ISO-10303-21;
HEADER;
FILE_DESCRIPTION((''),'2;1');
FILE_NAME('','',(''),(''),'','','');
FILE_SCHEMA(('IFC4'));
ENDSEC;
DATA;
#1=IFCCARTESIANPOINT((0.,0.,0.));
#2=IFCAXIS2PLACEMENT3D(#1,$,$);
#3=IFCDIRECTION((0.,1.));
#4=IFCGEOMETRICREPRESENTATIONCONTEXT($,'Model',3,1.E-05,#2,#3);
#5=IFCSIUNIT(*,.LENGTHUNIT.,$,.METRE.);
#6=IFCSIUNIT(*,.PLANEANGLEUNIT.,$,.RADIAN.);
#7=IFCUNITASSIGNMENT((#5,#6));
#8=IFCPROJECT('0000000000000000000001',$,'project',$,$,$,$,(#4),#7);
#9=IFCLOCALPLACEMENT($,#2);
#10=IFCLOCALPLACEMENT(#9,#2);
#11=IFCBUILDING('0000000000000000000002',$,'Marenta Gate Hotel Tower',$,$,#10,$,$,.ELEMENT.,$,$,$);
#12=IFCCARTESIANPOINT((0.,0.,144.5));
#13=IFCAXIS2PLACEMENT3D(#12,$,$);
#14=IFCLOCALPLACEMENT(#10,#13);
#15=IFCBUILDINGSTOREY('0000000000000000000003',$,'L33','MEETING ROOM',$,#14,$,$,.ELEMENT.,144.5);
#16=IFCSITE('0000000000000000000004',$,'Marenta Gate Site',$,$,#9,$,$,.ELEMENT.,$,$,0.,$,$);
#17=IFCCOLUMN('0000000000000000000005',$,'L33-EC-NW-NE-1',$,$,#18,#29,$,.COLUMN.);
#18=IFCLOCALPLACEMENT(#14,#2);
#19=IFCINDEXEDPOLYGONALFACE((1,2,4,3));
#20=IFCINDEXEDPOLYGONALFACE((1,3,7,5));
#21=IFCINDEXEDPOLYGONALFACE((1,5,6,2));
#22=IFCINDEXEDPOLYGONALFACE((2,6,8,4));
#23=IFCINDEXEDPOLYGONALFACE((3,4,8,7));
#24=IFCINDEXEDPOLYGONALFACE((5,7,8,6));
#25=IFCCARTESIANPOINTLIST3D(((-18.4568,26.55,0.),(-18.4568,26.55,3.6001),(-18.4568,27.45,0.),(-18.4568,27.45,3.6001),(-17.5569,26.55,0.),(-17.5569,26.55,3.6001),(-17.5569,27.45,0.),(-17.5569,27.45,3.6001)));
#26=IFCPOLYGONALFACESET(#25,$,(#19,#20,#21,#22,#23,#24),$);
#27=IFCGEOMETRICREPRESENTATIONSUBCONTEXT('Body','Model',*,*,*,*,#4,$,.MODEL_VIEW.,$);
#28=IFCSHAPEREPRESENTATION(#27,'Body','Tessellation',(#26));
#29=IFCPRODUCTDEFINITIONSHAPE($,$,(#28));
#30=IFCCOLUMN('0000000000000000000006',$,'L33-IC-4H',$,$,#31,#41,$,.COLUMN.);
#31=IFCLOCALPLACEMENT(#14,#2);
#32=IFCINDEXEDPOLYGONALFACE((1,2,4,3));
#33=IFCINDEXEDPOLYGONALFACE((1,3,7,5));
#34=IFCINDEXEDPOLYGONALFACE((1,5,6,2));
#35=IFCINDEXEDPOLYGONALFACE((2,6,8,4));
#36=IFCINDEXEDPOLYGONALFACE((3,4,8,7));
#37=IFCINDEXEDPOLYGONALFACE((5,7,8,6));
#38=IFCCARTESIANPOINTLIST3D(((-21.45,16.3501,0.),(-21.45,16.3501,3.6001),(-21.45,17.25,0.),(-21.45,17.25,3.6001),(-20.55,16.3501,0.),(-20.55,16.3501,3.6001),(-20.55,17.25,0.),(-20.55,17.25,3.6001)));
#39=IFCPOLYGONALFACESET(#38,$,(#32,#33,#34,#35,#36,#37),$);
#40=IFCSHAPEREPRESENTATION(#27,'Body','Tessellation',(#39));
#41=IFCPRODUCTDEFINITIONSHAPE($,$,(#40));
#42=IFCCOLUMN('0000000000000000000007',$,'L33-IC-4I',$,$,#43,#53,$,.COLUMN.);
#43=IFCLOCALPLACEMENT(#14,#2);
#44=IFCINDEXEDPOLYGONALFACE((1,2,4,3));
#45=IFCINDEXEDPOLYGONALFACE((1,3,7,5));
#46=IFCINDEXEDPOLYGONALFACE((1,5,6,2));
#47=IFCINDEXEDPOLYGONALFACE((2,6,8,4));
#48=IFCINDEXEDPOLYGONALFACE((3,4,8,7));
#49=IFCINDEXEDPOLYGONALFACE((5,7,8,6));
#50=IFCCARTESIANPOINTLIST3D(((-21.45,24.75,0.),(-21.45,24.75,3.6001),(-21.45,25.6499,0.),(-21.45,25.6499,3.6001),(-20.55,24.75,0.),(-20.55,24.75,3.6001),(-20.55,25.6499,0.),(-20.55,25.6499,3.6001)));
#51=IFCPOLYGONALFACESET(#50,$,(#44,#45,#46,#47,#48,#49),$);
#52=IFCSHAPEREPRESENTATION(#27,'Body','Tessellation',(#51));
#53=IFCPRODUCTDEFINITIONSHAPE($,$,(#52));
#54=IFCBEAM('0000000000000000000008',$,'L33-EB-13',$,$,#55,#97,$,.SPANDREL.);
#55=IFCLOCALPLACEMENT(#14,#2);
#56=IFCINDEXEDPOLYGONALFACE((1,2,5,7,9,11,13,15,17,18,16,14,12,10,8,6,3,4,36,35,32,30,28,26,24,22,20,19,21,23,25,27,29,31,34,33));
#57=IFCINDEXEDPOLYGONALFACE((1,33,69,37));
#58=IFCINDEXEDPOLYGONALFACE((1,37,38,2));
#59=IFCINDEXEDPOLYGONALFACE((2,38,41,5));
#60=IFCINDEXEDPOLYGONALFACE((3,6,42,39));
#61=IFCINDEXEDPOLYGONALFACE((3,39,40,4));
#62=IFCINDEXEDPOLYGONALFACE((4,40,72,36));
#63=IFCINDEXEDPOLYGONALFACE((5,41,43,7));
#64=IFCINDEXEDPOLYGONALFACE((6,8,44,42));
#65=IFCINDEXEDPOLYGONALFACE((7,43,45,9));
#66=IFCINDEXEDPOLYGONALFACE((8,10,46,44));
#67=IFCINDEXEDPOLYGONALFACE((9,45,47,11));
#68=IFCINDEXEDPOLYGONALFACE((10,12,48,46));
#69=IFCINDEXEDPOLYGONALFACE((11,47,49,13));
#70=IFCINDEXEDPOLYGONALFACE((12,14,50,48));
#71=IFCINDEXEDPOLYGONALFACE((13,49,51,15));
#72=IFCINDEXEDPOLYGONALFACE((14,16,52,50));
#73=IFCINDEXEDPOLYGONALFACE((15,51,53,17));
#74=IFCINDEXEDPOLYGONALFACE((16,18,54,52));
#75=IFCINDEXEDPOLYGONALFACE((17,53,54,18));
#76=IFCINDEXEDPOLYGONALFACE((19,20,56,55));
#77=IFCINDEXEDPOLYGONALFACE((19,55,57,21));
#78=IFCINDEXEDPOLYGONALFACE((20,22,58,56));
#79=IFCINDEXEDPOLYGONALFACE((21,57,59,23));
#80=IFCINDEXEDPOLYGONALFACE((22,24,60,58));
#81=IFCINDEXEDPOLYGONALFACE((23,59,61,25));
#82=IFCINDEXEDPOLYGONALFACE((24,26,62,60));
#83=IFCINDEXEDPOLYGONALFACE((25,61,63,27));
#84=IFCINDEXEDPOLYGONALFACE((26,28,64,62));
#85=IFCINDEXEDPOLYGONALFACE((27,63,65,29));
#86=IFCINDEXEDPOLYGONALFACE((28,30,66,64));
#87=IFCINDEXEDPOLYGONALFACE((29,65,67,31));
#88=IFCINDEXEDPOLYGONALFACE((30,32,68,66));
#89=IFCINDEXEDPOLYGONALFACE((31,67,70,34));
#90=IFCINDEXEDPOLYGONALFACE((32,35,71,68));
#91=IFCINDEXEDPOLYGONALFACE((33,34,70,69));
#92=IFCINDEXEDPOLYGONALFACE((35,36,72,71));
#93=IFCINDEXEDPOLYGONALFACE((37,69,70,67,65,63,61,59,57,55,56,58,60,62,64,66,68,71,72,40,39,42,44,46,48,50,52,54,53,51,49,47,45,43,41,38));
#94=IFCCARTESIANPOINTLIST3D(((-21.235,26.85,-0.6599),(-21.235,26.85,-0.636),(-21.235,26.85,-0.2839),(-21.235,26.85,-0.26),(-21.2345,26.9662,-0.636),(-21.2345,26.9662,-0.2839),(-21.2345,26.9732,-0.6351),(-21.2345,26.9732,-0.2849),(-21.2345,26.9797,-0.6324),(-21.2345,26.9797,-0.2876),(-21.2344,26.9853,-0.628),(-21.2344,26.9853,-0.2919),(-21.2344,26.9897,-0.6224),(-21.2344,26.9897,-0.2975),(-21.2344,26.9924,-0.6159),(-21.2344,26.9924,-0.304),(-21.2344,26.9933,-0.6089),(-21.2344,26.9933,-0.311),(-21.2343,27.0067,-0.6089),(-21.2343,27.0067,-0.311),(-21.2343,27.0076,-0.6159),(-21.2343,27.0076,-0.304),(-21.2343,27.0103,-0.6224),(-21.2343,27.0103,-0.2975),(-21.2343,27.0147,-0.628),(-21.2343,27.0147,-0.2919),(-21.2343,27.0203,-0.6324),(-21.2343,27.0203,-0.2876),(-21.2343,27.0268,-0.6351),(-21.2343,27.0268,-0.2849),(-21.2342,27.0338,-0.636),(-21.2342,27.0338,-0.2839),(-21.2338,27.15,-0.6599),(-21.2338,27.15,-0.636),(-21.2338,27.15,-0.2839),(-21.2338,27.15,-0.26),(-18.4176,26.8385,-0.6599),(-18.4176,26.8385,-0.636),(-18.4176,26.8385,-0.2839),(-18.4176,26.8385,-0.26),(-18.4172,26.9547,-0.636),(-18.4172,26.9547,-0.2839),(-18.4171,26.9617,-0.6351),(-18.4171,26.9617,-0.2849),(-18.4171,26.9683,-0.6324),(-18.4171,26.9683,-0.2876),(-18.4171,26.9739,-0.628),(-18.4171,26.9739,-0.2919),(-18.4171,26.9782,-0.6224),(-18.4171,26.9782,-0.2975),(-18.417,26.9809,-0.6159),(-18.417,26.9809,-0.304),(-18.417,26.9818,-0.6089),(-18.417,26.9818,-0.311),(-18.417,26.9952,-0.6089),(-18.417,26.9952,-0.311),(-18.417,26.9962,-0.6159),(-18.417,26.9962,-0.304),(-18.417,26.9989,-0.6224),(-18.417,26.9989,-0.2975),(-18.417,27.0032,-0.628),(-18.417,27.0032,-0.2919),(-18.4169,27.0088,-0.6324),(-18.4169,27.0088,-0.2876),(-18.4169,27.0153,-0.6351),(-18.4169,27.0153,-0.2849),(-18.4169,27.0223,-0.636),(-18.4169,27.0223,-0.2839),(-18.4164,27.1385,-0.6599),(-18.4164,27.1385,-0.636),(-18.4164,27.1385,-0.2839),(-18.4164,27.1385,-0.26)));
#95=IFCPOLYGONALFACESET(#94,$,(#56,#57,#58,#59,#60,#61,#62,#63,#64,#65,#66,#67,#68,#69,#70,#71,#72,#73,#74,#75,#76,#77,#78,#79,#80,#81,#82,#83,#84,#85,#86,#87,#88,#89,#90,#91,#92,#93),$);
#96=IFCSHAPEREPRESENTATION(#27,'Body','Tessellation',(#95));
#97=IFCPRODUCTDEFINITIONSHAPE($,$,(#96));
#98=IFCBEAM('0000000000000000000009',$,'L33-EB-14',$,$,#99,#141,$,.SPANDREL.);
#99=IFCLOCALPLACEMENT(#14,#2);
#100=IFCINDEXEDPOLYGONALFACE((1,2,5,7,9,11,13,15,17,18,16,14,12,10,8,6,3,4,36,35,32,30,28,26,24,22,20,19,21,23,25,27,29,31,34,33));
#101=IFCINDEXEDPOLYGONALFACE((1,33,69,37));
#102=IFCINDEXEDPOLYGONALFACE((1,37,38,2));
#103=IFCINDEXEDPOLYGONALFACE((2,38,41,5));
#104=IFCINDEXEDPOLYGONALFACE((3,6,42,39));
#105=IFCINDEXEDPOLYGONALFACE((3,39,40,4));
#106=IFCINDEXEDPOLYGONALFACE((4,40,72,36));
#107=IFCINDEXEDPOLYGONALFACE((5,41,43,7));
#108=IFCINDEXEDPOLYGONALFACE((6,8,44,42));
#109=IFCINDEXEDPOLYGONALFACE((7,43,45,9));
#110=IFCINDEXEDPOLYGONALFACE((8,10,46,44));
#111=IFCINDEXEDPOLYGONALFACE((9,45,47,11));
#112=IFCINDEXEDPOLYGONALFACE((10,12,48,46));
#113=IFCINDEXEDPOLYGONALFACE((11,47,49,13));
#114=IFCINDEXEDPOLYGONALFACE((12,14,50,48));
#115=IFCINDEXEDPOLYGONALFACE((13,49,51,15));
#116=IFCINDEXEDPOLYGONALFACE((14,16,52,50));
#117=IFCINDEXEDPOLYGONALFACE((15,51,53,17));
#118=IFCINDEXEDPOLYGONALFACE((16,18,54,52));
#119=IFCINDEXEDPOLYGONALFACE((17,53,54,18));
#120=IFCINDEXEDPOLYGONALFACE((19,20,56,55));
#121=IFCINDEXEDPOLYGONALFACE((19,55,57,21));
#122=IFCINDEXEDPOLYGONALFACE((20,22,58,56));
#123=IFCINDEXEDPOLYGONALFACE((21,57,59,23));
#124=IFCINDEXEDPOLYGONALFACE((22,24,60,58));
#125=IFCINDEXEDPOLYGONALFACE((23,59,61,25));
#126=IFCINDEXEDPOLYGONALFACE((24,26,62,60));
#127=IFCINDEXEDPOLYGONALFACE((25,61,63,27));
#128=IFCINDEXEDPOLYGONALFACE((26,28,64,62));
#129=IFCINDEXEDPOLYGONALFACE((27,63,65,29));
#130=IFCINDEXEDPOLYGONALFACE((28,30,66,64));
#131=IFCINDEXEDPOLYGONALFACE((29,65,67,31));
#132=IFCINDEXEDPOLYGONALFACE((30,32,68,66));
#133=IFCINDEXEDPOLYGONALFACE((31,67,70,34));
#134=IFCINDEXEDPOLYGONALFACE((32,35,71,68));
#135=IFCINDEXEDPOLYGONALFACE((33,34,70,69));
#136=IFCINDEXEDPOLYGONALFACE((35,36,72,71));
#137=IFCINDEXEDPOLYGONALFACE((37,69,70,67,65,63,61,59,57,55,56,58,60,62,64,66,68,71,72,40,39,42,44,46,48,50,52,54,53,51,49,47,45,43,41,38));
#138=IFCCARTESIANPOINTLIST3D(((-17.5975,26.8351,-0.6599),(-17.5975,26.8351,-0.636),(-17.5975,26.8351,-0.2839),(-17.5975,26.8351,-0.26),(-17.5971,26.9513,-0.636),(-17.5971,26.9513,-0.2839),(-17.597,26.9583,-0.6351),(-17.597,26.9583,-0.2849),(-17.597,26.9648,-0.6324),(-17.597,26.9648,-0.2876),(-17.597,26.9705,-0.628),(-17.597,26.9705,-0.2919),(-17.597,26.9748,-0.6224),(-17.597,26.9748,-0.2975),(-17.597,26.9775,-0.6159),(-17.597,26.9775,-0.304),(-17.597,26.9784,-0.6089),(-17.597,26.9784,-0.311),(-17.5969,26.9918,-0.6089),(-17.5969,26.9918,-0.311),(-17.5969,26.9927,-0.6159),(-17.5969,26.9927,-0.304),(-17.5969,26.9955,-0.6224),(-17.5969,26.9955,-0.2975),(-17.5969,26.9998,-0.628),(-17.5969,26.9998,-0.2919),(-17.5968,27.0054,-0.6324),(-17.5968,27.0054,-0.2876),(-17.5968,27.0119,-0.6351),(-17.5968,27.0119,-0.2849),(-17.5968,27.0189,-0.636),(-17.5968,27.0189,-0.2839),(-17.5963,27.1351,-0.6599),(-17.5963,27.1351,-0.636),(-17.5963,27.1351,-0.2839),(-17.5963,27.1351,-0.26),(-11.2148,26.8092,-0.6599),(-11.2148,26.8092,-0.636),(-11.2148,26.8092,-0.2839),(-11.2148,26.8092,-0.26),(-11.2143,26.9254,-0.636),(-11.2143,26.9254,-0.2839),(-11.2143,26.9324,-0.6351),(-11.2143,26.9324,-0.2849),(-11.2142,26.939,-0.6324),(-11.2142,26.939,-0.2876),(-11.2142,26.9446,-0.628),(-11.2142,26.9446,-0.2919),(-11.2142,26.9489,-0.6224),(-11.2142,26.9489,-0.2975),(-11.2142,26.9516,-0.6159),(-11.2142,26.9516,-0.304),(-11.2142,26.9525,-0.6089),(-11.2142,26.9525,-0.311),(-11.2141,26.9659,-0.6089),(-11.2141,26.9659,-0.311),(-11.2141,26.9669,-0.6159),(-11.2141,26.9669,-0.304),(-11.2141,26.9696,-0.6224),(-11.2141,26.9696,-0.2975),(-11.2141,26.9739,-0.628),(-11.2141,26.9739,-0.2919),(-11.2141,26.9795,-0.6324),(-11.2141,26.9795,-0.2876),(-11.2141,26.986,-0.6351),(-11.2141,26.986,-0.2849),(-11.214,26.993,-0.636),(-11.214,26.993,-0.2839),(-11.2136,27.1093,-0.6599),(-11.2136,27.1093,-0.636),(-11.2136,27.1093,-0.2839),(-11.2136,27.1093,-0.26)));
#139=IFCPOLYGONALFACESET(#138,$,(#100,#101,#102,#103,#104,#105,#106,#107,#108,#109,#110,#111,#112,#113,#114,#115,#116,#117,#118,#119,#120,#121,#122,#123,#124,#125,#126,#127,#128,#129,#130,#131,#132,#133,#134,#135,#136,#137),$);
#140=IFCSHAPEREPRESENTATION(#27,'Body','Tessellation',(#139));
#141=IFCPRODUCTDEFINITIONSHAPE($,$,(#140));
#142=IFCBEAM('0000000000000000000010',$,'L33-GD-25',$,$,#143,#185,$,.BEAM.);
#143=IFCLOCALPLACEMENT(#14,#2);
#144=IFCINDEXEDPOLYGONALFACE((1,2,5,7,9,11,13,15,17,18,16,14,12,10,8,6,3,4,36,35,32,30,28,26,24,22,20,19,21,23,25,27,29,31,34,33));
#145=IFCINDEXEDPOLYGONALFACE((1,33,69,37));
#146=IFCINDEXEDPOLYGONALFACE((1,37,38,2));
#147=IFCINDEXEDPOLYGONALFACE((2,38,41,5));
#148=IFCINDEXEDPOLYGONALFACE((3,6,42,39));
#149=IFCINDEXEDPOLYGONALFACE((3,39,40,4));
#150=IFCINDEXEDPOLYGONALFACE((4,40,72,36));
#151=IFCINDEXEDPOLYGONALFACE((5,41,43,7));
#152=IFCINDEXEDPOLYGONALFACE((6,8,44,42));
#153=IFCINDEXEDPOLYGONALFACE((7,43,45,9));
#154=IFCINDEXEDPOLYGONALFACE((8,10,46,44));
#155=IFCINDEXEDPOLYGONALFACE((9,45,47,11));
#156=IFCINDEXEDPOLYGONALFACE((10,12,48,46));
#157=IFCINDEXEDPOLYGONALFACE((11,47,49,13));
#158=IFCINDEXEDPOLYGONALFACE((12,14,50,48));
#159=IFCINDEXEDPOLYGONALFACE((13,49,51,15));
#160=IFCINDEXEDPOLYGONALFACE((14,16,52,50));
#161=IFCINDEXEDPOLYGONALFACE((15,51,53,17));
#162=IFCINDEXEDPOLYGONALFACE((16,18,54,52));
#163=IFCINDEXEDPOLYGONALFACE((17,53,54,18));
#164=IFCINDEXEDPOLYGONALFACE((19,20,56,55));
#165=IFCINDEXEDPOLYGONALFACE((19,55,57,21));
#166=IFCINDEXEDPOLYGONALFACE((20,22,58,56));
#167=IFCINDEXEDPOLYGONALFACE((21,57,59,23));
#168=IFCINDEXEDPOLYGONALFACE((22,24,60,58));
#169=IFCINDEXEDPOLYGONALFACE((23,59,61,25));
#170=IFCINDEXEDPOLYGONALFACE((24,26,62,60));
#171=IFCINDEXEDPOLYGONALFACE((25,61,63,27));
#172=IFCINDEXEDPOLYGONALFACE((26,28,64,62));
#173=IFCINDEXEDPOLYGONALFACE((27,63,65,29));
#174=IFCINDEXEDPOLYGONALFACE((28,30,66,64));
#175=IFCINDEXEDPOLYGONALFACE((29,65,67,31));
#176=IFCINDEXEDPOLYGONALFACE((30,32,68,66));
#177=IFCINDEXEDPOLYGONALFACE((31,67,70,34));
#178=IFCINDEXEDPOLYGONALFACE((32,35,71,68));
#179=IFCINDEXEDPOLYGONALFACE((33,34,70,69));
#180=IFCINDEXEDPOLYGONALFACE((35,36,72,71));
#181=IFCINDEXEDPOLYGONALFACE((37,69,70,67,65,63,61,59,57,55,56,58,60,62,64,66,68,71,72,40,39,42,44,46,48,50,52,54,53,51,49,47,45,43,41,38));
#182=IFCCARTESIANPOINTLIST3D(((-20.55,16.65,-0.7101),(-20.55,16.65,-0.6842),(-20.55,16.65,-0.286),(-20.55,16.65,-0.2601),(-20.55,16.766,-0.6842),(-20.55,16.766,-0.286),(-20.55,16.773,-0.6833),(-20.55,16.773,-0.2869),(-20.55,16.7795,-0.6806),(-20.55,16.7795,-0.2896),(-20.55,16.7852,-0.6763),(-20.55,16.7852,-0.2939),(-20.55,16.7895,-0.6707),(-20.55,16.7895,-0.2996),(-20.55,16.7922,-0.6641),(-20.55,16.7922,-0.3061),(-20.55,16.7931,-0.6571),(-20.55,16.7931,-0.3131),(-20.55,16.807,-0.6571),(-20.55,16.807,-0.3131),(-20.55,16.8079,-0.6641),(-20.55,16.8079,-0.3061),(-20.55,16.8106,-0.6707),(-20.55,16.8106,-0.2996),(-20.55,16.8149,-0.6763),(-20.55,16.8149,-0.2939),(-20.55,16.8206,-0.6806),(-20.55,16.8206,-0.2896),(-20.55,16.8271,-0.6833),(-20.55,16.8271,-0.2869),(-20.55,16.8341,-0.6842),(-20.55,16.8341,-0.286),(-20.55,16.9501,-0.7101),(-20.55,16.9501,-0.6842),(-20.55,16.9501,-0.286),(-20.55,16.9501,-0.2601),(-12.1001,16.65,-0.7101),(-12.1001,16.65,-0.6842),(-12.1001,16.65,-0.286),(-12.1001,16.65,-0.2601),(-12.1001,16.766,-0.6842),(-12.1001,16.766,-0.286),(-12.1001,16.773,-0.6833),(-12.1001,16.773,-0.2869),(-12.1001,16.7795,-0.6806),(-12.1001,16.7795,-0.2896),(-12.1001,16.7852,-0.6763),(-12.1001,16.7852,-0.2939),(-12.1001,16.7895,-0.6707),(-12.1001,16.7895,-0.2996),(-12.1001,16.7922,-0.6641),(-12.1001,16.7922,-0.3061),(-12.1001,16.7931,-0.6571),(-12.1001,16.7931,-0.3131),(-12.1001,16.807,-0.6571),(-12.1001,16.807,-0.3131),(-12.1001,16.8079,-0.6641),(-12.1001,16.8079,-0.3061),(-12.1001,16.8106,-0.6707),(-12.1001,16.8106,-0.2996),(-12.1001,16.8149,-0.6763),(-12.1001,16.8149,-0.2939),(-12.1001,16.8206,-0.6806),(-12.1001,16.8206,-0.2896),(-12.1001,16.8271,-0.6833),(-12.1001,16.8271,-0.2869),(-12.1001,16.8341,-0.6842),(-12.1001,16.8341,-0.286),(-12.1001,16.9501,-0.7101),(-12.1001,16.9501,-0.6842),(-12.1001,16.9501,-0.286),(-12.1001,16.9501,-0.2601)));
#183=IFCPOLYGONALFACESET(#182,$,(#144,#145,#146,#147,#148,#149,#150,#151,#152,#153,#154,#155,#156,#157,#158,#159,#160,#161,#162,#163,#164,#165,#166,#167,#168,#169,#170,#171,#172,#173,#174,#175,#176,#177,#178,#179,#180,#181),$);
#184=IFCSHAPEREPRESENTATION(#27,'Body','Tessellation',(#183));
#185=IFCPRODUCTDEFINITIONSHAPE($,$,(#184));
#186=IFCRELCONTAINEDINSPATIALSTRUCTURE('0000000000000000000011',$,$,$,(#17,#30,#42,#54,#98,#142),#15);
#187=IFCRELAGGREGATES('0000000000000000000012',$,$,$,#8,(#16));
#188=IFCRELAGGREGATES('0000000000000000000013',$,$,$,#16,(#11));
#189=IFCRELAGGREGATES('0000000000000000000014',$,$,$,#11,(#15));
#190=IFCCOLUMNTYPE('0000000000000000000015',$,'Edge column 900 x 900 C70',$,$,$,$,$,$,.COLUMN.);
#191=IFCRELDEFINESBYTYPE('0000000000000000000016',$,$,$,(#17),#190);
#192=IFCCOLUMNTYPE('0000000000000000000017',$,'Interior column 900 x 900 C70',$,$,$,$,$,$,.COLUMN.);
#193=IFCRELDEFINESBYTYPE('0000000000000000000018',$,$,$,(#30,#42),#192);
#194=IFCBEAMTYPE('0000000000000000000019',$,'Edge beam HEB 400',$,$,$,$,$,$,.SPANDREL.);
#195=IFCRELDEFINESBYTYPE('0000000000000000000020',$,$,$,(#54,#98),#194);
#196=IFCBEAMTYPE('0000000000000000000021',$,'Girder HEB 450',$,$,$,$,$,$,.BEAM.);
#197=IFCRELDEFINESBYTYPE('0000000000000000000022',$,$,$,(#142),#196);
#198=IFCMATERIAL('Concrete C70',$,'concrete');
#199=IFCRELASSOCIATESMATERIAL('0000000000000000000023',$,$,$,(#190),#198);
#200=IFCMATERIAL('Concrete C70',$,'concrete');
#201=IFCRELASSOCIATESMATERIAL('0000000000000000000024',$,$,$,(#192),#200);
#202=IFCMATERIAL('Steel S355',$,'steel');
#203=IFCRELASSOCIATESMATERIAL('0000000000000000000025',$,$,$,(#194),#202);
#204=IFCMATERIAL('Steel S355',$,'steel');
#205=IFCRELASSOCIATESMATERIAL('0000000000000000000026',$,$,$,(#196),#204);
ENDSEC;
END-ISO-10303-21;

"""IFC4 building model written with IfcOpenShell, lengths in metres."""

from ifc_helpers import new_model, si_unit, direction, frame, origin, origin_2d, place, context, subcontext, project, spatial, rectangle, i_section, extrude, material, material_profile, profile_set, type_object, element, save


model = new_model("IFC4")

# Units and contexts
model_context = context("Model", 3, precision=1e-05, world=origin(), true_north=direction((0.0, 1.0)))
body_context = subcontext(model_context, "Body", "Model", "MODEL_VIEW")
ifc_project = project(units=[si_unit("LENGTHUNIT", "METRE"), si_unit("PLANEANGLEUNIT", "RADIAN")], contexts=[model_context])

# Site, building, storey
site_placement = place(None, origin())
site = spatial("IfcSite", under=ifc_project, at=site_placement, Name="Marenta Gate Site", CompositionType="ELEMENT", RefElevation=0.0)
building_placement = place(site_placement, origin())
building = spatial("IfcBuilding", under=site, at=building_placement, Name="Marenta Gate Hotel Tower", CompositionType="ELEMENT")
storey_placement = place(building_placement, frame((0.0, 0.0, 144.5)))
storey = spatial("IfcBuildingStorey", under=building, at=storey_placement, Name="L33", Description="MEETING ROOM", CompositionType="ELEMENT", Elevation=144.5)

# Columns
ifc_material_1 = material(Name="Concrete C70", Category="concrete")
ifc_material_profile_1 = material_profile(ifc_material_1, rectangle(XDim=0.8999, YDim=0.8999, at=origin_2d()), Name="900 x 900")
ifc_profile_set_1 = profile_set([ifc_material_profile_1], Name="Concrete C70")
column_type_1 = type_object("IfcColumnType", Name="Edge column 900 x 900 C70", PredefinedType="COLUMN", material=ifc_profile_set_1)
column_placement = place(storey_placement, frame((-18.0068, 27.0, 0.0), z_axis=(0.0, 0.0, 1.0), x_axis=(1.0, 0.0, 0.0)))
element("IfcColumn", 1, at=column_placement, inside=storey, type_object=column_type_1, Name="L33-EC-NW-NE-1", PredefinedType="COLUMN", context=body_context, shape_type="SweptSolid", body=[
    extrude(rectangle(XDim=0.8999, YDim=0.8999, at=origin_2d()), origin(), (0.0, 0.0, 1.0), 3.6001),
])
ifc_material_2 = material(Name="Concrete C70", Category="concrete")
ifc_material_profile_2 = material_profile(ifc_material_2, rectangle(XDim=0.8999, YDim=0.8999, at=origin_2d()), Name="900 x 900")
ifc_profile_set_2 = profile_set([ifc_material_profile_2], Name="Concrete C70")
column_type_2 = type_object("IfcColumnType", Name="Interior column 900 x 900 C70", PredefinedType="COLUMN", material=ifc_profile_set_2)
for number, where, z_axis, x_axis, name in (
    (2, (-21.0, 16.8, 0.0), (0.0, 0.0, 1.0), (1.0, 0.0, 0.0), "L33-IC-4H"),
    (3, (-21.0, 25.2, 0.0), (0.0, 0.0, 1.0), (1.0, 0.0, 0.0), "L33-IC-4I"),
):
    element("IfcColumn", number, at=place(storey_placement, frame(where, z_axis=z_axis, x_axis=x_axis)), inside=storey, type_object=column_type_2, Name=name, PredefinedType="COLUMN", context=body_context, shape_type="SweptSolid", body=[
        extrude(rectangle(XDim=0.8999, YDim=0.8999, at=origin_2d()), origin(), (0.0, 0.0, 1.0), 3.6001),
    ])

# Beams
ifc_material_3 = material(Name="Steel S355", Category="steel")
ifc_material_profile_3 = material_profile(ifc_material_3, i_section(OverallWidth=0.3, OverallDepth=0.3999, WebThickness=0.0134, FlangeThickness=0.0239, FilletRadius=0.0271, at=origin_2d()), Name="HEB 400")
ifc_profile_set_3 = profile_set([ifc_material_profile_3], Name="Steel S355")
beam_type_1 = type_object("IfcBeamType", Name="Edge beam HEB 400", PredefinedType="SPANDREL", material=ifc_profile_set_3)
beam_1_placement = place(storey_placement, frame((-21.2344, 27.0, -0.46), z_axis=(0.999992, -0.004073, 0.0), x_axis=(0.004073, 0.999992, 0.0)))
element("IfcBeam", 4, at=beam_1_placement, inside=storey, type_object=beam_type_1, Name="L33-EB-13", PredefinedType="SPANDREL", context=body_context, shape_type="SweptSolid", body=[
    extrude(i_section(OverallWidth=0.3, OverallDepth=0.3999, WebThickness=0.0134, FlangeThickness=0.0239, FilletRadius=0.0271, at=origin_2d()), origin(), (0.0, 0.0, 1.0), 2.8174),
])
beam_2_placement = place(storey_placement, frame((-17.5969, 26.9851, -0.46), z_axis=(0.999992, -0.004054, 0.0), x_axis=(0.004054, 0.999992, 0.0)))
element("IfcBeam", 5, at=beam_2_placement, inside=storey, type_object=beam_type_1, Name="L33-EB-14", PredefinedType="SPANDREL", context=body_context, shape_type="SweptSolid", body=[
    extrude(i_section(OverallWidth=0.3, OverallDepth=0.3999, WebThickness=0.0134, FlangeThickness=0.0239, FilletRadius=0.0271, at=origin_2d()), origin(), (0.0, 0.0, 1.0), 6.3828),
])
ifc_material_4 = material(Name="Steel S355", Category="steel")
ifc_material_profile_4 = material_profile(ifc_material_4, i_section(OverallWidth=0.3, OverallDepth=0.45, WebThickness=0.0139, FlangeThickness=0.0259, FilletRadius=0.0271, at=origin_2d()), Name="HEB 450")
ifc_profile_set_4 = profile_set([ifc_material_profile_4], Name="Steel S355")
beam_type_2 = type_object("IfcBeamType", Name="Girder HEB 450", PredefinedType="BEAM", material=ifc_profile_set_4)
beam_3_placement = place(storey_placement, frame((-20.55, 16.8, -0.4851), z_axis=(1.0, 0.0, 0.0), x_axis=(0.0, 1.0, 0.0)))
element("IfcBeam", 6, at=beam_3_placement, inside=storey, type_object=beam_type_2, Name="L33-GD-25", PredefinedType="BEAM", context=body_context, shape_type="SweptSolid", body=[
    extrude(i_section(OverallWidth=0.3, OverallDepth=0.45, WebThickness=0.0139, FlangeThickness=0.0259, FilletRadius=0.0271, at=origin_2d()), origin(), (0.0, 0.0, 1.0), 8.45),
])

save(model, "model.ifc")
